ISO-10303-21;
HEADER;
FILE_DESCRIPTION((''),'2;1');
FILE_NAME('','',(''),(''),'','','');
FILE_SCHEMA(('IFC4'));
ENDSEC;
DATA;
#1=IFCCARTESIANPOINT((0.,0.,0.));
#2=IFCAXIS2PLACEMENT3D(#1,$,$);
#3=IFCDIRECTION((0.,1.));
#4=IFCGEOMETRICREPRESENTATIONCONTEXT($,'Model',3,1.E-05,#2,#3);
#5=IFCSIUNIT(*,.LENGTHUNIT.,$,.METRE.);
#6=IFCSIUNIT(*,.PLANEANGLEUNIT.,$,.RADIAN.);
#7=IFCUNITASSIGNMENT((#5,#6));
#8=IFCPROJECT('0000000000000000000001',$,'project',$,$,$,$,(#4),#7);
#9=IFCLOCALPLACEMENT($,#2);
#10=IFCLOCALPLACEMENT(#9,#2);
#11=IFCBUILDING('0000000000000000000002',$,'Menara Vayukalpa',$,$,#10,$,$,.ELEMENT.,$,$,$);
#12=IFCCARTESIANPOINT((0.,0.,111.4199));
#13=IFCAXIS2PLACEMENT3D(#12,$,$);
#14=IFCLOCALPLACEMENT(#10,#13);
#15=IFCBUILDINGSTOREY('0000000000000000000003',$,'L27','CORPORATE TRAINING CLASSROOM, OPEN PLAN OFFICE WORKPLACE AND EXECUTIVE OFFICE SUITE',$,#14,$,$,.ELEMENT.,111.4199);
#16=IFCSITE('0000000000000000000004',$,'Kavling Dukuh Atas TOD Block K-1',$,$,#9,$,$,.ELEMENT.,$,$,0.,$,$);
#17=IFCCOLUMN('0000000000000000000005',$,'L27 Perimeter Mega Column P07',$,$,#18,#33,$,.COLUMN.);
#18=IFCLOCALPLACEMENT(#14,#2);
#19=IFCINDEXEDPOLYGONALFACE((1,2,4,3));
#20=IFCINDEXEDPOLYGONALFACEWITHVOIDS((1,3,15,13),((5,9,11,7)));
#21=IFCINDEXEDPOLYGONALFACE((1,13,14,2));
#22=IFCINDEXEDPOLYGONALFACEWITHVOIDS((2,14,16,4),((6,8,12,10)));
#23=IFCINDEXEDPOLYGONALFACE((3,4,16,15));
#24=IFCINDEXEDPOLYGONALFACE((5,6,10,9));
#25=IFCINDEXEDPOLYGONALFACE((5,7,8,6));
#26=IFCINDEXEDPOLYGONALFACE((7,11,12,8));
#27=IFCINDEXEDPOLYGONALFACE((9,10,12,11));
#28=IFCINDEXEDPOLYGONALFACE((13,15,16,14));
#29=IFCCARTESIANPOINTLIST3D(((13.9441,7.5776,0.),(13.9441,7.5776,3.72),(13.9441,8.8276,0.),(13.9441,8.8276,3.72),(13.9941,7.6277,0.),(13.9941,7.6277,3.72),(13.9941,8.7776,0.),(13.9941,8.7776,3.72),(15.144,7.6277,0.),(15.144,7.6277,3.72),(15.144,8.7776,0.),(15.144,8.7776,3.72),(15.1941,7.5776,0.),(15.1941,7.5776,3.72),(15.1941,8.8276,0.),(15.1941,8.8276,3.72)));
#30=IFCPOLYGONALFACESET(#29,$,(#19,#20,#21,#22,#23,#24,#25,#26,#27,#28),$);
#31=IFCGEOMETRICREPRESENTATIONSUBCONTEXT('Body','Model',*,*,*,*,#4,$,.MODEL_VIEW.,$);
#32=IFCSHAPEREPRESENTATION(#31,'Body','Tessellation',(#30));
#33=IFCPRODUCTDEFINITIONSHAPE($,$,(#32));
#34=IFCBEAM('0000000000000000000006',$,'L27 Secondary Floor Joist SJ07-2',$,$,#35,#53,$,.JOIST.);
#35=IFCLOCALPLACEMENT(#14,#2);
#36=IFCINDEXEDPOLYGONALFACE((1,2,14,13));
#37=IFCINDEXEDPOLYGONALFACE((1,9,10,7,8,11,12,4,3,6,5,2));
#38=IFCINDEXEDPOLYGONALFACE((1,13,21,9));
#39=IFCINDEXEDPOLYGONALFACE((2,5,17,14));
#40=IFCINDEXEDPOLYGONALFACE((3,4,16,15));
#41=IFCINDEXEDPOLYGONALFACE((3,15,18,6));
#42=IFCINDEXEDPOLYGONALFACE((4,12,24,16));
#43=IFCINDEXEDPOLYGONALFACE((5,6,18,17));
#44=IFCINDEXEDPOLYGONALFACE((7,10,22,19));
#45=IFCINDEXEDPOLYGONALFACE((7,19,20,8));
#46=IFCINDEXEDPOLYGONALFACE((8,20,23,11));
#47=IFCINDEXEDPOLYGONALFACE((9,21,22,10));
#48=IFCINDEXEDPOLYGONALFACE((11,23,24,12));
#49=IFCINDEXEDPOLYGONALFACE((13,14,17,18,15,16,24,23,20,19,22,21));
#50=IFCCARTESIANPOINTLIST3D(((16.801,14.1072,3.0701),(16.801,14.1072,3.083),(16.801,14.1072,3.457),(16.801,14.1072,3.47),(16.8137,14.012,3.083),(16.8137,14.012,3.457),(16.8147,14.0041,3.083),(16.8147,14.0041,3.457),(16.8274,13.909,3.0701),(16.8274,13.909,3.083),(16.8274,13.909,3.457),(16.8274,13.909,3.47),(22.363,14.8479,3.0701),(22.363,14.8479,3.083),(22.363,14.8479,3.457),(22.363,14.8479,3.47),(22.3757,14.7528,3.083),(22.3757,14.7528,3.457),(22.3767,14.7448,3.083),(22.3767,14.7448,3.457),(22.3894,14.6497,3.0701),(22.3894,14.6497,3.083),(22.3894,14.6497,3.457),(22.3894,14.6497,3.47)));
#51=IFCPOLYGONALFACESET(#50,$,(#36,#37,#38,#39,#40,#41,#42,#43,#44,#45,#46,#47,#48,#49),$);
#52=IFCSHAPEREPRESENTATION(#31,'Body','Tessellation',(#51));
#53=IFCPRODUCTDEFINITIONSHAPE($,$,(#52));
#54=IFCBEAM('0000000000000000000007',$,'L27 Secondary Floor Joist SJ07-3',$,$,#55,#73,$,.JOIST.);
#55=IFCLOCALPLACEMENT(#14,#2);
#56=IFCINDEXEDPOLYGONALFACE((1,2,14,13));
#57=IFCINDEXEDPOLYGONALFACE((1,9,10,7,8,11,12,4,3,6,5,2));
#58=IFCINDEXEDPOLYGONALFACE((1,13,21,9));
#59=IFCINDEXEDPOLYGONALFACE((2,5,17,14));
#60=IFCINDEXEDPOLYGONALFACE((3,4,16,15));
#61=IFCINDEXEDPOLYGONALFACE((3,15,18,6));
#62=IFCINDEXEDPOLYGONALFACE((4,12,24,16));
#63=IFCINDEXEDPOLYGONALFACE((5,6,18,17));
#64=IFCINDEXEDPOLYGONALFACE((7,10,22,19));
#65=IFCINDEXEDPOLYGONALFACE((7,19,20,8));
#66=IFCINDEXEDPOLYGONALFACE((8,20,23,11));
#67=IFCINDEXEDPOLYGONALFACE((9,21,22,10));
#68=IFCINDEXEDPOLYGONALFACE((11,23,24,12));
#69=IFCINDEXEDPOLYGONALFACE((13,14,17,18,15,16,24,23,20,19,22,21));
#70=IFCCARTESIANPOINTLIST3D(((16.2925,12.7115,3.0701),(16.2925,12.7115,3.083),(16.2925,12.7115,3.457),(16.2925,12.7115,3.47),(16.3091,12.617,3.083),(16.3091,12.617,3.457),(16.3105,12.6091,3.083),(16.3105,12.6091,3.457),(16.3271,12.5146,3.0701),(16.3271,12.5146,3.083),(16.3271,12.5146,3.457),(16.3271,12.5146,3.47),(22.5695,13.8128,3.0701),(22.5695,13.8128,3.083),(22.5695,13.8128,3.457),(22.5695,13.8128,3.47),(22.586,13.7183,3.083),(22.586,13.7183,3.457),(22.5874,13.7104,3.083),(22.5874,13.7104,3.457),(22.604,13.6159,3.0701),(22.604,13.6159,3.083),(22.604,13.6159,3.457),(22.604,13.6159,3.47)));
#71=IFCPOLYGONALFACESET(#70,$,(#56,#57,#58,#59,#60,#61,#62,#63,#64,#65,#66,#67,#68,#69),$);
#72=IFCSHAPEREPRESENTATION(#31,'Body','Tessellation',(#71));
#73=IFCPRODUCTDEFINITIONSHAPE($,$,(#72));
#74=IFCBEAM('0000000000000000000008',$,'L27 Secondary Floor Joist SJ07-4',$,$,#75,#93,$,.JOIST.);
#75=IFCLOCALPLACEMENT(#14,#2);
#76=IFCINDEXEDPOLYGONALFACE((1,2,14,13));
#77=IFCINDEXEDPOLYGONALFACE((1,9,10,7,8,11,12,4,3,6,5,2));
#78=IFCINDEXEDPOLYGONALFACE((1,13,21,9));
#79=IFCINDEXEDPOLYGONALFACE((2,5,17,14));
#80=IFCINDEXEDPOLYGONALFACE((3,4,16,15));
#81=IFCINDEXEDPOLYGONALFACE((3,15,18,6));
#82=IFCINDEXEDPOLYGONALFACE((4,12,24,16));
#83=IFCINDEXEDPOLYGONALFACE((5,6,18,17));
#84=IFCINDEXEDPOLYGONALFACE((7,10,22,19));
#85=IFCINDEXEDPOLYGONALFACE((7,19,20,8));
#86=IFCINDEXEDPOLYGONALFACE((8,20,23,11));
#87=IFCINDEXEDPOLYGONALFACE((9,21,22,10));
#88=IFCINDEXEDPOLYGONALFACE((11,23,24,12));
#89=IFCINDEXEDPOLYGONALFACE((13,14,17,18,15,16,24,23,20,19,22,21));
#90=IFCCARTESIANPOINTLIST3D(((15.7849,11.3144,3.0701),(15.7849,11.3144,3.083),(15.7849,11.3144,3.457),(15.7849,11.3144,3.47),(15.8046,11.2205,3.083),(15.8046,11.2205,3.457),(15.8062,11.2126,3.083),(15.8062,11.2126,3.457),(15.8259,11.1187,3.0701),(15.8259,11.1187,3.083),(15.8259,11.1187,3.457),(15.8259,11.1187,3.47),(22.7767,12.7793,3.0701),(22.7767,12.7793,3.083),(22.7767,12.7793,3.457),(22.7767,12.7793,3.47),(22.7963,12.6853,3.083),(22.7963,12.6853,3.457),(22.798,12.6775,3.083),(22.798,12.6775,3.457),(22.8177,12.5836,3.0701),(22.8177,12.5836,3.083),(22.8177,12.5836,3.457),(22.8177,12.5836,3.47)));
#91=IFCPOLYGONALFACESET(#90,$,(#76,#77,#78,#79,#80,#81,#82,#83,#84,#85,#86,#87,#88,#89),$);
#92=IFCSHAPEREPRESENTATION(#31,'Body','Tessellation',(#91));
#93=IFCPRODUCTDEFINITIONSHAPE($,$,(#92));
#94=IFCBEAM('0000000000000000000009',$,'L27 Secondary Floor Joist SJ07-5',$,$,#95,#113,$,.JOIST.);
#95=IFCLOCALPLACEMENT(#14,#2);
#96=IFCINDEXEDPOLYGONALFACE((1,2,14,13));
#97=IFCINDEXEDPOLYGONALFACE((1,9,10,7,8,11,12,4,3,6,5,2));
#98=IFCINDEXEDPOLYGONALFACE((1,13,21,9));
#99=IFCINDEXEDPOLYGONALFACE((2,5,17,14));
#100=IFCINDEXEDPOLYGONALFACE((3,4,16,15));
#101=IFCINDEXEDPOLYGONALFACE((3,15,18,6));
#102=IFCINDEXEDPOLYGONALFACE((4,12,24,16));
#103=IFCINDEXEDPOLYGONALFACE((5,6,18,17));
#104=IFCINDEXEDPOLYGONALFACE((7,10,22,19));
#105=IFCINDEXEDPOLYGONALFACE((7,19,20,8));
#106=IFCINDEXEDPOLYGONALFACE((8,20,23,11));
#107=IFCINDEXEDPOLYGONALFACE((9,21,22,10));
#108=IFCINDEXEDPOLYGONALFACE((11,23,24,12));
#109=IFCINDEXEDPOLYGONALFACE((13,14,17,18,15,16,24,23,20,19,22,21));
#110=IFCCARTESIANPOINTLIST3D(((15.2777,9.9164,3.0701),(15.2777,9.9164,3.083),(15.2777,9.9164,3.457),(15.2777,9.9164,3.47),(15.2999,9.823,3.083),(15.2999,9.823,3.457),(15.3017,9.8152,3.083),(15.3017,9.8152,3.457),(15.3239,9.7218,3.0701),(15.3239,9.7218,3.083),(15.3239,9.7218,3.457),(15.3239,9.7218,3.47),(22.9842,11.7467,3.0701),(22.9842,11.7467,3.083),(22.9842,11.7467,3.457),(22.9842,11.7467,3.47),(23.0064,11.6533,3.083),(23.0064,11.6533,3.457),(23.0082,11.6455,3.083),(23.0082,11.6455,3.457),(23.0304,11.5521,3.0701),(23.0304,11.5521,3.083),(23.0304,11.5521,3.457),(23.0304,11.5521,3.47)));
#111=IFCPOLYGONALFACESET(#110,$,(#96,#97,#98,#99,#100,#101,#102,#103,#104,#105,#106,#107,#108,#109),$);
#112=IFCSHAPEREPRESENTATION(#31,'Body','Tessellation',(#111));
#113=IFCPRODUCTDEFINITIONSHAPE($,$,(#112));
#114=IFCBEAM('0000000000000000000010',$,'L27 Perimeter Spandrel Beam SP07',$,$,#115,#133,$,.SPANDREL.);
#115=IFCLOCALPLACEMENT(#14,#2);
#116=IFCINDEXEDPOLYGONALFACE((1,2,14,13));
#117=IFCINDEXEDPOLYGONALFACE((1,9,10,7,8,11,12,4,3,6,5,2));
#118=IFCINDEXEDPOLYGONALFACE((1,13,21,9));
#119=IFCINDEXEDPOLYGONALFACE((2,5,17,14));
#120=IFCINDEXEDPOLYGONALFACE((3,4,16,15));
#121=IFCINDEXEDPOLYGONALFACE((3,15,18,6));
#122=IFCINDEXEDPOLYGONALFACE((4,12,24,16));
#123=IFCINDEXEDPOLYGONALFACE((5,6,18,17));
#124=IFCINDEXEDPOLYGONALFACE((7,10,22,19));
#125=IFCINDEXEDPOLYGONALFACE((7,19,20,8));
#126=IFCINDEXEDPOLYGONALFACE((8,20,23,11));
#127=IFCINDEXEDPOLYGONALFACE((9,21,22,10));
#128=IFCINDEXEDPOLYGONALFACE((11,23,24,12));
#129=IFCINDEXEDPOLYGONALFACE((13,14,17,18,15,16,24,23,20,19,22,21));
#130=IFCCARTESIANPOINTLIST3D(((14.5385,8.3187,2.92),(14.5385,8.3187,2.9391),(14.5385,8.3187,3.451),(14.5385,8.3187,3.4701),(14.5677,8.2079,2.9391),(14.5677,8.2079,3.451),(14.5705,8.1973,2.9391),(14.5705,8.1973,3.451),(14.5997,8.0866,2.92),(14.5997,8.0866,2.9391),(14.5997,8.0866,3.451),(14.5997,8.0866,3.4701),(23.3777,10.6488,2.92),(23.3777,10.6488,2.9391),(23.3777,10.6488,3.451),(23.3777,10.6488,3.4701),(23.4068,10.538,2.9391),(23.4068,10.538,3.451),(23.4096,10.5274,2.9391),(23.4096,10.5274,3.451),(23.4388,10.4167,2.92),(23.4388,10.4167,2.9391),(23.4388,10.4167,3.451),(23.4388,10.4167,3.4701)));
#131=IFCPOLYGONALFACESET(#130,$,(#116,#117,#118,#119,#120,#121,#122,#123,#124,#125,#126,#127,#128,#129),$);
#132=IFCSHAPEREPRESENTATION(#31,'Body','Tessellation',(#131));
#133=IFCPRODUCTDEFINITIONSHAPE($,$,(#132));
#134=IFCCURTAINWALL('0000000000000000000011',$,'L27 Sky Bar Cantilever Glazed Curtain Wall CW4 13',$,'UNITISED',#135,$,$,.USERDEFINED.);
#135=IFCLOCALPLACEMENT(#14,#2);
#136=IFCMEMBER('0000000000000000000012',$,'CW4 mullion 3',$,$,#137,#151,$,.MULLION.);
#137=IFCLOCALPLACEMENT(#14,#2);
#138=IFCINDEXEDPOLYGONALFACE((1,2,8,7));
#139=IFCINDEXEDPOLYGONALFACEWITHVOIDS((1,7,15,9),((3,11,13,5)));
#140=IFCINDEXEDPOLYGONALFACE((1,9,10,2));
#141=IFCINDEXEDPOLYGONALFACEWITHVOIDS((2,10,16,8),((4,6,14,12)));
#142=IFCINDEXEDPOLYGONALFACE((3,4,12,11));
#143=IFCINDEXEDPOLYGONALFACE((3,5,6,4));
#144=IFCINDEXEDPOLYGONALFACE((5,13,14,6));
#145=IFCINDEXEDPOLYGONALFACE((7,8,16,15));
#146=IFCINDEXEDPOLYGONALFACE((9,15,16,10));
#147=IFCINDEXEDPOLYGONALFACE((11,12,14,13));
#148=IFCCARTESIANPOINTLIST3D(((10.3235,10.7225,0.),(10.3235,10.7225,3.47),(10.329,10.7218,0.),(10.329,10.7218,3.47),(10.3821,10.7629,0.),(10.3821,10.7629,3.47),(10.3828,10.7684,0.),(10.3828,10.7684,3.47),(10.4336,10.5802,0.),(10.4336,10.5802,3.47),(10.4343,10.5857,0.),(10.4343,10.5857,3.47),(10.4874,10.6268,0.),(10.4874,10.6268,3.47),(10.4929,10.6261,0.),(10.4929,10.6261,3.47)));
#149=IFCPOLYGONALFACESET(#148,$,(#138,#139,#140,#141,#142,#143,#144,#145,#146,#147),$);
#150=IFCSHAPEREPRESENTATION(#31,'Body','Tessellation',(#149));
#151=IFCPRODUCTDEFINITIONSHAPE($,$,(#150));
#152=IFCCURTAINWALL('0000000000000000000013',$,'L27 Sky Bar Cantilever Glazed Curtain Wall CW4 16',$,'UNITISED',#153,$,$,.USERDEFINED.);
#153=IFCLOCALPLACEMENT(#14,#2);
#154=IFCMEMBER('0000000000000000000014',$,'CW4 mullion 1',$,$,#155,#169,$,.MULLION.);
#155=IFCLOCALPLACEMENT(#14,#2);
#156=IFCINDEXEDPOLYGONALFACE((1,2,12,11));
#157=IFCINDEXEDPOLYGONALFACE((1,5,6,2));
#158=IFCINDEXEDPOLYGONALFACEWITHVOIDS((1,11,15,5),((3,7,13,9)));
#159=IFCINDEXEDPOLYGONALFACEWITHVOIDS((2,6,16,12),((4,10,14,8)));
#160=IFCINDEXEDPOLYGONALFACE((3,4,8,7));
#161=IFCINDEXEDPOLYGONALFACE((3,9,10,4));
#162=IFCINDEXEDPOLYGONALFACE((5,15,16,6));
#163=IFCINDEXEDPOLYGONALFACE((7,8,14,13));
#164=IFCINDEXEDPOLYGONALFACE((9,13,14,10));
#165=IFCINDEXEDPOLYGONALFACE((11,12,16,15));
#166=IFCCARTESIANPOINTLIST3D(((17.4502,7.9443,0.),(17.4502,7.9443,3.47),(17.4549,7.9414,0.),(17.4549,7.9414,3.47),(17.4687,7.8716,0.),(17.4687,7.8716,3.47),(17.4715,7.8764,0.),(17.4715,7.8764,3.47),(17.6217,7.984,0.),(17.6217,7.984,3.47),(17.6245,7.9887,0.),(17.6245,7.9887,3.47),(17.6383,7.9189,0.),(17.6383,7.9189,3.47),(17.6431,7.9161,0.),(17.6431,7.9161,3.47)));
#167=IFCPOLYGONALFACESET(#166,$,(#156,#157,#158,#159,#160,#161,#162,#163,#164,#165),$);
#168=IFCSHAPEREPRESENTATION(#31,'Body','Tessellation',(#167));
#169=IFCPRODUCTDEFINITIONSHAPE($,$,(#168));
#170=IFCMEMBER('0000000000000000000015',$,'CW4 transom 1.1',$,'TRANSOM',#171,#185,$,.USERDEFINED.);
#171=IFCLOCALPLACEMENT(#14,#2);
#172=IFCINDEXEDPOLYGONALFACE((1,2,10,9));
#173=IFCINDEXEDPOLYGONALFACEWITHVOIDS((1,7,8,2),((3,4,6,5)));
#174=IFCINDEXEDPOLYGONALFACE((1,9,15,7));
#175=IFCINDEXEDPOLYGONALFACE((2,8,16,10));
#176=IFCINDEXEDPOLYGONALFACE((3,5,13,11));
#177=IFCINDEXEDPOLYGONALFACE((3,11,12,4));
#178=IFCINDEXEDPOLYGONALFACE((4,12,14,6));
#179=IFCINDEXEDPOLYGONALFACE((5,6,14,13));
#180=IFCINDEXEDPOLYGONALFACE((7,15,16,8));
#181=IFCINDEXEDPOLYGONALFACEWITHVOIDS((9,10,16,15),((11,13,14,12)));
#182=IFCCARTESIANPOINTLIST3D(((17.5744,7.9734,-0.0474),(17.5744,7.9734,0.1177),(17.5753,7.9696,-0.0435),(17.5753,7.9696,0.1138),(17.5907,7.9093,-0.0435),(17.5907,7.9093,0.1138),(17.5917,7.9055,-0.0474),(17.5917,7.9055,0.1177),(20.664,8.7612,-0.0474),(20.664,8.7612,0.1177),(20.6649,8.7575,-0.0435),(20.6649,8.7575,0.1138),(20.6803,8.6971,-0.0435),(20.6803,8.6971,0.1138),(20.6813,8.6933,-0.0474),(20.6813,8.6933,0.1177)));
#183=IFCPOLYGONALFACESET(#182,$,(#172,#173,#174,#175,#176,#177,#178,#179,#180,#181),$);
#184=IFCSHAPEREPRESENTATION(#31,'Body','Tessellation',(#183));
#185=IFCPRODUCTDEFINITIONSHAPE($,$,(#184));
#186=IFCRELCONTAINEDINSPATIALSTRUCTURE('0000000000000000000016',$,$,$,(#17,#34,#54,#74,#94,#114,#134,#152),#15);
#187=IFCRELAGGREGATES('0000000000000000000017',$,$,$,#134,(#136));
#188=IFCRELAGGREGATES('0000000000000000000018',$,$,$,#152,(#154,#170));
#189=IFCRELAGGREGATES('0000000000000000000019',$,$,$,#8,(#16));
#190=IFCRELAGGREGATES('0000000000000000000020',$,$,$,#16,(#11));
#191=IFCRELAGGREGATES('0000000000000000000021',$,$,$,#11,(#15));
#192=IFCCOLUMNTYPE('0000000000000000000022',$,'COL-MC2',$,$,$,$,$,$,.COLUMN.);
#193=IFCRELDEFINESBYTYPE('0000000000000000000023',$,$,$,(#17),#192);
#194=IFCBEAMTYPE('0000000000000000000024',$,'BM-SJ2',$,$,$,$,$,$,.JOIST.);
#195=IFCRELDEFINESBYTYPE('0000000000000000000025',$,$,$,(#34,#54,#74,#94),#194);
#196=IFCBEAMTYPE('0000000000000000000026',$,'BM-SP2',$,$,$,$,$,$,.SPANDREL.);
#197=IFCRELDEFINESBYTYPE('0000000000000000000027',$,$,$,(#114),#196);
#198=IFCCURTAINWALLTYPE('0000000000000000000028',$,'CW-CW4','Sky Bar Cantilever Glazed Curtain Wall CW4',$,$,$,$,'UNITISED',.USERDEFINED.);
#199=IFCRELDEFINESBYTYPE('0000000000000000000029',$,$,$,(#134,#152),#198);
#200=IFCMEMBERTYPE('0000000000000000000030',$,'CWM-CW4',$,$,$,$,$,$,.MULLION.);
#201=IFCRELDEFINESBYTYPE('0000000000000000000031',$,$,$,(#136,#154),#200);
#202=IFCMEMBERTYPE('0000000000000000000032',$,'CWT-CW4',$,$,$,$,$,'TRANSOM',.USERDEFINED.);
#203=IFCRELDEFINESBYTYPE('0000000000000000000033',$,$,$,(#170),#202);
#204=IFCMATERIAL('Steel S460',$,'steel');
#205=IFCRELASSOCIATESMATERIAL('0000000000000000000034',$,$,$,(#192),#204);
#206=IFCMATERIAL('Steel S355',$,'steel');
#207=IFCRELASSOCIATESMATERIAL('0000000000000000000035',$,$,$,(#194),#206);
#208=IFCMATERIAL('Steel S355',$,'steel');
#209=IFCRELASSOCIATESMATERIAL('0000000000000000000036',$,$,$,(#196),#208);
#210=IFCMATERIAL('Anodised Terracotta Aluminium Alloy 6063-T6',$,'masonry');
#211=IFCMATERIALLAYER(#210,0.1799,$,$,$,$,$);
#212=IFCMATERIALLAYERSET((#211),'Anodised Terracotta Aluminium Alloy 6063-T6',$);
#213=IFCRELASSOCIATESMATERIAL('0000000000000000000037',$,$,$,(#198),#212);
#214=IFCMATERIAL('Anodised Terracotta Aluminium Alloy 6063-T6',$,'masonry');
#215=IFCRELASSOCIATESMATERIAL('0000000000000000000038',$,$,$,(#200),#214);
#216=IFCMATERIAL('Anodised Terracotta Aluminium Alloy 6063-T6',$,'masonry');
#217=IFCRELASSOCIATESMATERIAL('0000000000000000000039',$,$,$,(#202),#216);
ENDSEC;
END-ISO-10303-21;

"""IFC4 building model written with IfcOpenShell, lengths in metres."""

from ifc_helpers import new_model, si_unit, direction, frame, origin, origin_2d, place, context, subcontext, project, spatial, hollow_rectangle, i_section, extrude, material, layer, layer_set, material_profile, profile_set, type_object, element, aggregate, save


model = new_model("IFC4")

# Units and contexts
model_context = context("Model", 3, precision=1e-05, world=origin(), true_north=direction((0.0, 1.0)))
body_context = subcontext(model_context, "Body", "Model", "MODEL_VIEW")
ifc_project = project(units=[si_unit("LENGTHUNIT", "METRE"), si_unit("PLANEANGLEUNIT", "RADIAN")], contexts=[model_context])

# Site, building, storey
site_placement = place(None, origin())
site = spatial("IfcSite", under=ifc_project, at=site_placement, Name="Kavling Dukuh Atas TOD Block K-1", CompositionType="ELEMENT", RefElevation=0.0)
building_placement = place(site_placement, origin())
building = spatial("IfcBuilding", under=site, at=building_placement, Name="Menara Vayukalpa", CompositionType="ELEMENT")
storey_placement = place(building_placement, frame((0.0, 0.0, 111.4199)))
storey = spatial("IfcBuildingStorey", under=building, at=storey_placement, Name="L27", Description="CORPORATE TRAINING CLASSROOM, OPEN PLAN OFFICE WORKPLACE AND EXECUTIVE OFFICE SUITE", CompositionType="ELEMENT", Elevation=111.4199)

# Column
ifc_material_1 = material(Name="Steel S460", Category="steel")
ifc_material_profile_1 = material_profile(ifc_material_1, hollow_rectangle(XDim=1.25, YDim=1.25, WallThickness=0.05, at=origin_2d()), Name="BOX 1250x1250x50")
ifc_profile_set_1 = profile_set([ifc_material_profile_1], Name="Steel S460")
column_type = type_object("IfcColumnType", Name="COL-MC2", PredefinedType="COLUMN", material=ifc_profile_set_1)
column_placement = place(storey_placement, frame((14.5691, 8.2026, 0.0), z_axis=(0.0, 0.0, 1.0), x_axis=(1.0, 0.0, 0.0)))
element("IfcColumn", 1, at=column_placement, inside=storey, type_object=column_type, Name="L27 Perimeter Mega Column P07", PredefinedType="COLUMN", context=body_context, shape_type="SweptSolid", body=[
    extrude(hollow_rectangle(XDim=1.25, YDim=1.25, WallThickness=0.05, at=origin_2d()), origin(), (0.0, 0.0, 1.0), 3.72),
])

# Beams
ifc_material_2 = material(Name="Steel S355", Category="steel")
ifc_material_profile_2 = material_profile(ifc_material_2, i_section(OverallWidth=0.2, OverallDepth=0.3999, WebThickness=0.0081, FlangeThickness=0.0129, at=origin_2d()), Name="WF 400x200x8x13")
ifc_profile_set_2 = profile_set([ifc_material_profile_2], Name="Steel S355")
beam_type_1 = type_object("IfcBeamType", Name="BM-SJ2", PredefinedType="JOIST", material=ifc_profile_set_2)
beam_1_placement = place(storey_placement, frame((16.8142, 14.0081, 3.27), z_axis=(0.991248, 0.13201, 0.0), x_axis=(-0.13201, 0.991248, 0.0)))
element("IfcBeam", 2, at=beam_1_placement, inside=storey, type_object=beam_type_1, Name="L27 Secondary Floor Joist SJ07-2", PredefinedType="JOIST", context=body_context, shape_type="SweptSolid", body=[
    extrude(i_section(OverallWidth=0.2, OverallDepth=0.3999, WebThickness=0.0081, FlangeThickness=0.0129, at=origin_2d()), origin(), (0.0, 0.0, 1.0), 5.6111),
])
beam_2_placement = place(storey_placement, frame((16.3098, 12.613, 3.27), z_axis=(0.984954, 0.172817, 0.0), x_axis=(-0.172817, 0.984954, 0.0)))
element("IfcBeam", 3, at=beam_2_placement, inside=storey, type_object=beam_type_1, Name="L27 Secondary Floor Joist SJ07-3", PredefinedType="JOIST", context=body_context, shape_type="SweptSolid", body=[
    extrude(i_section(OverallWidth=0.2, OverallDepth=0.3999, WebThickness=0.0081, FlangeThickness=0.0129, at=origin_2d()), origin(), (0.0, 0.0, 1.0), 6.3728),
])
beam_3_placement = place(storey_placement, frame((15.8054, 11.2166, 3.27), z_axis=(0.978749, 0.20506, 0.0), x_axis=(-0.20506, 0.978749, 0.0)))
element("IfcBeam", 4, at=beam_3_placement, inside=storey, type_object=beam_type_1, Name="L27 Secondary Floor Joist SJ07-4", PredefinedType="JOIST", context=body_context, shape_type="SweptSolid", body=[
    extrude(i_section(OverallWidth=0.2, OverallDepth=0.3999, WebThickness=0.0081, FlangeThickness=0.0129, at=origin_2d()), origin(), (0.0, 0.0, 1.0), 7.1436),
])
beam_4_placement = place(storey_placement, frame((15.3008, 9.8191, 3.27), z_axis=(0.972936, 0.231075, 0.0), x_axis=(-0.231075, 0.972936, 0.0)))
element("IfcBeam", 5, at=beam_4_placement, inside=storey, type_object=beam_type_1, Name="L27 Secondary Floor Joist SJ07-5", PredefinedType="JOIST", context=body_context, shape_type="SweptSolid", body=[
    extrude(i_section(OverallWidth=0.2, OverallDepth=0.3999, WebThickness=0.0081, FlangeThickness=0.0129, at=origin_2d()), origin(), (0.0, 0.0, 1.0), 7.9209),
])
ifc_material_3 = material(Name="Steel S355", Category="steel")
ifc_material_profile_3 = material_profile(ifc_material_3, i_section(OverallWidth=0.24, OverallDepth=0.55, WebThickness=0.011, FlangeThickness=0.019, at=origin_2d()), Name="WF 550x240x11x19")
ifc_profile_set_3 = profile_set([ifc_material_profile_3], Name="Steel S355")
beam_type_2 = type_object("IfcBeamType", Name="BM-SP2", PredefinedType="SPANDREL", material=ifc_profile_set_3)
beam_5_placement = place(storey_placement, frame((14.5691, 8.2026, 3.1951), z_axis=(0.966967, 0.254902, 0.0), x_axis=(-0.254902, 0.966967, 0.0)))
element("IfcBeam", 6, at=beam_5_placement, inside=storey, type_object=beam_type_2, Name="L27 Perimeter Spandrel Beam SP07", PredefinedType="SPANDREL", context=body_context, shape_type="SweptSolid", body=[
    extrude(i_section(OverallWidth=0.24, OverallDepth=0.55, WebThickness=0.011, FlangeThickness=0.019, at=origin_2d()), origin(), (0.0, 0.0, 1.0), 9.1411),
])

# Curtain wall, member
ifc_material_4 = material(Name="Anodised Terracotta Aluminium Alloy 6063-T6", Category="masonry")
ifc_layer_1 = layer(ifc_material_4, 0.1799)
ifc_layer_set_1 = layer_set([ifc_layer_1], Name="Anodised Terracotta Aluminium Alloy 6063-T6")
curtain_wall_type = type_object("IfcCurtainWallType", Name="CW-CW4", Description="Sky Bar Cantilever Glazed Curtain Wall CW4", ElementType="UNITISED", PredefinedType="USERDEFINED", material=ifc_layer_set_1)
curtain_wall_1_placement = place(storey_placement, origin())
curtain_wall_1 = element("IfcCurtainWall", 7, at=curtain_wall_1_placement, inside=storey, type_object=curtain_wall_type, Name="L27 Sky Bar Cantilever Glazed Curtain Wall CW4 13", ObjectType="UNITISED", PredefinedType="USERDEFINED")
ifc_material_5 = material(Name="Anodised Terracotta Aluminium Alloy 6063-T6", Category="masonry")
ifc_material_profile_4 = material_profile(ifc_material_5, hollow_rectangle(XDim=0.075, YDim=0.1799, WallThickness=0.0039, at=origin_2d()), Name="ALU 75x180x4")
ifc_profile_set_4 = profile_set([ifc_material_profile_4], Name="Anodised Terracotta Aluminium Alloy 6063-T6")
member_type_1 = type_object("IfcMemberType", Name="CWM-CW4", PredefinedType="MULLION", material=ifc_profile_set_4)
member_1_placement = place(storey_placement, frame((10.4082, 10.6743, 0.0), z_axis=(0.0, 0.0, 1.0), x_axis=(0.790712, 0.612189, 0.0)))
member_1 = element("IfcMember", 8, at=member_1_placement, type_object=member_type_1, Name="CW4 mullion 3", PredefinedType="MULLION", context=body_context, shape_type="SweptSolid", body=[
    extrude(hollow_rectangle(XDim=0.075, YDim=0.1799, WallThickness=0.0039, at=origin_2d()), origin(), (0.0, 0.0, 1.0), 3.47),
])

# Curtain wall, members
curtain_wall_2_placement = place(storey_placement, origin())
curtain_wall_2 = element("IfcCurtainWall", 9, at=curtain_wall_2_placement, inside=storey, type_object=curtain_wall_type, Name="L27 Sky Bar Cantilever Glazed Curtain Wall CW4 16", ObjectType="UNITISED", PredefinedType="USERDEFINED")
member_2_placement = place(storey_placement, frame((17.5466, 7.9302, 0.0), z_axis=(0.0, 0.0, 1.0), x_axis=(-0.247131, 0.968982, 0.0)))
member_2 = element("IfcMember", 10, at=member_2_placement, type_object=member_type_1, Name="CW4 mullion 1", PredefinedType="MULLION", context=body_context, shape_type="SweptSolid", body=[
    extrude(hollow_rectangle(XDim=0.075, YDim=0.1799, WallThickness=0.0039, at=origin_2d()), origin(), (0.0, 0.0, 1.0), 3.47),
])
ifc_material_6 = material(Name="Anodised Terracotta Aluminium Alloy 6063-T6", Category="masonry")
ifc_material_profile_5 = material_profile(ifc_material_6, hollow_rectangle(XDim=0.0701, YDim=0.165, WallThickness=0.0039, at=origin_2d()), Name="ALU 70x165x4")
ifc_profile_set_5 = profile_set([ifc_material_profile_5], Name="Anodised Terracotta Aluminium Alloy 6063-T6")
member_type_2 = type_object("IfcMemberType", Name="CWT-CW4", ElementType="TRANSOM", PredefinedType="USERDEFINED", material=ifc_profile_set_5)
member_3_placement = place(storey_placement, frame((17.583, 7.9395, 0.0352), z_axis=(0.968992, 0.247091, 0.0), x_axis=(-0.247091, 0.968992, 0.0)))
member_3 = element("IfcMember", 11, at=member_3_placement, type_object=member_type_2, Name="CW4 transom 1.1", ObjectType="TRANSOM", PredefinedType="USERDEFINED", context=body_context, shape_type="SweptSolid", body=[
    extrude(hollow_rectangle(XDim=0.0701, YDim=0.165, WallThickness=0.0039, at=origin_2d()), origin(), (0.0, 0.0, 1.0), 3.1885),
])

aggregate(curtain_wall_1, [member_1])
aggregate(curtain_wall_2, [member_2, member_3])

save(model, "model.ifc")
